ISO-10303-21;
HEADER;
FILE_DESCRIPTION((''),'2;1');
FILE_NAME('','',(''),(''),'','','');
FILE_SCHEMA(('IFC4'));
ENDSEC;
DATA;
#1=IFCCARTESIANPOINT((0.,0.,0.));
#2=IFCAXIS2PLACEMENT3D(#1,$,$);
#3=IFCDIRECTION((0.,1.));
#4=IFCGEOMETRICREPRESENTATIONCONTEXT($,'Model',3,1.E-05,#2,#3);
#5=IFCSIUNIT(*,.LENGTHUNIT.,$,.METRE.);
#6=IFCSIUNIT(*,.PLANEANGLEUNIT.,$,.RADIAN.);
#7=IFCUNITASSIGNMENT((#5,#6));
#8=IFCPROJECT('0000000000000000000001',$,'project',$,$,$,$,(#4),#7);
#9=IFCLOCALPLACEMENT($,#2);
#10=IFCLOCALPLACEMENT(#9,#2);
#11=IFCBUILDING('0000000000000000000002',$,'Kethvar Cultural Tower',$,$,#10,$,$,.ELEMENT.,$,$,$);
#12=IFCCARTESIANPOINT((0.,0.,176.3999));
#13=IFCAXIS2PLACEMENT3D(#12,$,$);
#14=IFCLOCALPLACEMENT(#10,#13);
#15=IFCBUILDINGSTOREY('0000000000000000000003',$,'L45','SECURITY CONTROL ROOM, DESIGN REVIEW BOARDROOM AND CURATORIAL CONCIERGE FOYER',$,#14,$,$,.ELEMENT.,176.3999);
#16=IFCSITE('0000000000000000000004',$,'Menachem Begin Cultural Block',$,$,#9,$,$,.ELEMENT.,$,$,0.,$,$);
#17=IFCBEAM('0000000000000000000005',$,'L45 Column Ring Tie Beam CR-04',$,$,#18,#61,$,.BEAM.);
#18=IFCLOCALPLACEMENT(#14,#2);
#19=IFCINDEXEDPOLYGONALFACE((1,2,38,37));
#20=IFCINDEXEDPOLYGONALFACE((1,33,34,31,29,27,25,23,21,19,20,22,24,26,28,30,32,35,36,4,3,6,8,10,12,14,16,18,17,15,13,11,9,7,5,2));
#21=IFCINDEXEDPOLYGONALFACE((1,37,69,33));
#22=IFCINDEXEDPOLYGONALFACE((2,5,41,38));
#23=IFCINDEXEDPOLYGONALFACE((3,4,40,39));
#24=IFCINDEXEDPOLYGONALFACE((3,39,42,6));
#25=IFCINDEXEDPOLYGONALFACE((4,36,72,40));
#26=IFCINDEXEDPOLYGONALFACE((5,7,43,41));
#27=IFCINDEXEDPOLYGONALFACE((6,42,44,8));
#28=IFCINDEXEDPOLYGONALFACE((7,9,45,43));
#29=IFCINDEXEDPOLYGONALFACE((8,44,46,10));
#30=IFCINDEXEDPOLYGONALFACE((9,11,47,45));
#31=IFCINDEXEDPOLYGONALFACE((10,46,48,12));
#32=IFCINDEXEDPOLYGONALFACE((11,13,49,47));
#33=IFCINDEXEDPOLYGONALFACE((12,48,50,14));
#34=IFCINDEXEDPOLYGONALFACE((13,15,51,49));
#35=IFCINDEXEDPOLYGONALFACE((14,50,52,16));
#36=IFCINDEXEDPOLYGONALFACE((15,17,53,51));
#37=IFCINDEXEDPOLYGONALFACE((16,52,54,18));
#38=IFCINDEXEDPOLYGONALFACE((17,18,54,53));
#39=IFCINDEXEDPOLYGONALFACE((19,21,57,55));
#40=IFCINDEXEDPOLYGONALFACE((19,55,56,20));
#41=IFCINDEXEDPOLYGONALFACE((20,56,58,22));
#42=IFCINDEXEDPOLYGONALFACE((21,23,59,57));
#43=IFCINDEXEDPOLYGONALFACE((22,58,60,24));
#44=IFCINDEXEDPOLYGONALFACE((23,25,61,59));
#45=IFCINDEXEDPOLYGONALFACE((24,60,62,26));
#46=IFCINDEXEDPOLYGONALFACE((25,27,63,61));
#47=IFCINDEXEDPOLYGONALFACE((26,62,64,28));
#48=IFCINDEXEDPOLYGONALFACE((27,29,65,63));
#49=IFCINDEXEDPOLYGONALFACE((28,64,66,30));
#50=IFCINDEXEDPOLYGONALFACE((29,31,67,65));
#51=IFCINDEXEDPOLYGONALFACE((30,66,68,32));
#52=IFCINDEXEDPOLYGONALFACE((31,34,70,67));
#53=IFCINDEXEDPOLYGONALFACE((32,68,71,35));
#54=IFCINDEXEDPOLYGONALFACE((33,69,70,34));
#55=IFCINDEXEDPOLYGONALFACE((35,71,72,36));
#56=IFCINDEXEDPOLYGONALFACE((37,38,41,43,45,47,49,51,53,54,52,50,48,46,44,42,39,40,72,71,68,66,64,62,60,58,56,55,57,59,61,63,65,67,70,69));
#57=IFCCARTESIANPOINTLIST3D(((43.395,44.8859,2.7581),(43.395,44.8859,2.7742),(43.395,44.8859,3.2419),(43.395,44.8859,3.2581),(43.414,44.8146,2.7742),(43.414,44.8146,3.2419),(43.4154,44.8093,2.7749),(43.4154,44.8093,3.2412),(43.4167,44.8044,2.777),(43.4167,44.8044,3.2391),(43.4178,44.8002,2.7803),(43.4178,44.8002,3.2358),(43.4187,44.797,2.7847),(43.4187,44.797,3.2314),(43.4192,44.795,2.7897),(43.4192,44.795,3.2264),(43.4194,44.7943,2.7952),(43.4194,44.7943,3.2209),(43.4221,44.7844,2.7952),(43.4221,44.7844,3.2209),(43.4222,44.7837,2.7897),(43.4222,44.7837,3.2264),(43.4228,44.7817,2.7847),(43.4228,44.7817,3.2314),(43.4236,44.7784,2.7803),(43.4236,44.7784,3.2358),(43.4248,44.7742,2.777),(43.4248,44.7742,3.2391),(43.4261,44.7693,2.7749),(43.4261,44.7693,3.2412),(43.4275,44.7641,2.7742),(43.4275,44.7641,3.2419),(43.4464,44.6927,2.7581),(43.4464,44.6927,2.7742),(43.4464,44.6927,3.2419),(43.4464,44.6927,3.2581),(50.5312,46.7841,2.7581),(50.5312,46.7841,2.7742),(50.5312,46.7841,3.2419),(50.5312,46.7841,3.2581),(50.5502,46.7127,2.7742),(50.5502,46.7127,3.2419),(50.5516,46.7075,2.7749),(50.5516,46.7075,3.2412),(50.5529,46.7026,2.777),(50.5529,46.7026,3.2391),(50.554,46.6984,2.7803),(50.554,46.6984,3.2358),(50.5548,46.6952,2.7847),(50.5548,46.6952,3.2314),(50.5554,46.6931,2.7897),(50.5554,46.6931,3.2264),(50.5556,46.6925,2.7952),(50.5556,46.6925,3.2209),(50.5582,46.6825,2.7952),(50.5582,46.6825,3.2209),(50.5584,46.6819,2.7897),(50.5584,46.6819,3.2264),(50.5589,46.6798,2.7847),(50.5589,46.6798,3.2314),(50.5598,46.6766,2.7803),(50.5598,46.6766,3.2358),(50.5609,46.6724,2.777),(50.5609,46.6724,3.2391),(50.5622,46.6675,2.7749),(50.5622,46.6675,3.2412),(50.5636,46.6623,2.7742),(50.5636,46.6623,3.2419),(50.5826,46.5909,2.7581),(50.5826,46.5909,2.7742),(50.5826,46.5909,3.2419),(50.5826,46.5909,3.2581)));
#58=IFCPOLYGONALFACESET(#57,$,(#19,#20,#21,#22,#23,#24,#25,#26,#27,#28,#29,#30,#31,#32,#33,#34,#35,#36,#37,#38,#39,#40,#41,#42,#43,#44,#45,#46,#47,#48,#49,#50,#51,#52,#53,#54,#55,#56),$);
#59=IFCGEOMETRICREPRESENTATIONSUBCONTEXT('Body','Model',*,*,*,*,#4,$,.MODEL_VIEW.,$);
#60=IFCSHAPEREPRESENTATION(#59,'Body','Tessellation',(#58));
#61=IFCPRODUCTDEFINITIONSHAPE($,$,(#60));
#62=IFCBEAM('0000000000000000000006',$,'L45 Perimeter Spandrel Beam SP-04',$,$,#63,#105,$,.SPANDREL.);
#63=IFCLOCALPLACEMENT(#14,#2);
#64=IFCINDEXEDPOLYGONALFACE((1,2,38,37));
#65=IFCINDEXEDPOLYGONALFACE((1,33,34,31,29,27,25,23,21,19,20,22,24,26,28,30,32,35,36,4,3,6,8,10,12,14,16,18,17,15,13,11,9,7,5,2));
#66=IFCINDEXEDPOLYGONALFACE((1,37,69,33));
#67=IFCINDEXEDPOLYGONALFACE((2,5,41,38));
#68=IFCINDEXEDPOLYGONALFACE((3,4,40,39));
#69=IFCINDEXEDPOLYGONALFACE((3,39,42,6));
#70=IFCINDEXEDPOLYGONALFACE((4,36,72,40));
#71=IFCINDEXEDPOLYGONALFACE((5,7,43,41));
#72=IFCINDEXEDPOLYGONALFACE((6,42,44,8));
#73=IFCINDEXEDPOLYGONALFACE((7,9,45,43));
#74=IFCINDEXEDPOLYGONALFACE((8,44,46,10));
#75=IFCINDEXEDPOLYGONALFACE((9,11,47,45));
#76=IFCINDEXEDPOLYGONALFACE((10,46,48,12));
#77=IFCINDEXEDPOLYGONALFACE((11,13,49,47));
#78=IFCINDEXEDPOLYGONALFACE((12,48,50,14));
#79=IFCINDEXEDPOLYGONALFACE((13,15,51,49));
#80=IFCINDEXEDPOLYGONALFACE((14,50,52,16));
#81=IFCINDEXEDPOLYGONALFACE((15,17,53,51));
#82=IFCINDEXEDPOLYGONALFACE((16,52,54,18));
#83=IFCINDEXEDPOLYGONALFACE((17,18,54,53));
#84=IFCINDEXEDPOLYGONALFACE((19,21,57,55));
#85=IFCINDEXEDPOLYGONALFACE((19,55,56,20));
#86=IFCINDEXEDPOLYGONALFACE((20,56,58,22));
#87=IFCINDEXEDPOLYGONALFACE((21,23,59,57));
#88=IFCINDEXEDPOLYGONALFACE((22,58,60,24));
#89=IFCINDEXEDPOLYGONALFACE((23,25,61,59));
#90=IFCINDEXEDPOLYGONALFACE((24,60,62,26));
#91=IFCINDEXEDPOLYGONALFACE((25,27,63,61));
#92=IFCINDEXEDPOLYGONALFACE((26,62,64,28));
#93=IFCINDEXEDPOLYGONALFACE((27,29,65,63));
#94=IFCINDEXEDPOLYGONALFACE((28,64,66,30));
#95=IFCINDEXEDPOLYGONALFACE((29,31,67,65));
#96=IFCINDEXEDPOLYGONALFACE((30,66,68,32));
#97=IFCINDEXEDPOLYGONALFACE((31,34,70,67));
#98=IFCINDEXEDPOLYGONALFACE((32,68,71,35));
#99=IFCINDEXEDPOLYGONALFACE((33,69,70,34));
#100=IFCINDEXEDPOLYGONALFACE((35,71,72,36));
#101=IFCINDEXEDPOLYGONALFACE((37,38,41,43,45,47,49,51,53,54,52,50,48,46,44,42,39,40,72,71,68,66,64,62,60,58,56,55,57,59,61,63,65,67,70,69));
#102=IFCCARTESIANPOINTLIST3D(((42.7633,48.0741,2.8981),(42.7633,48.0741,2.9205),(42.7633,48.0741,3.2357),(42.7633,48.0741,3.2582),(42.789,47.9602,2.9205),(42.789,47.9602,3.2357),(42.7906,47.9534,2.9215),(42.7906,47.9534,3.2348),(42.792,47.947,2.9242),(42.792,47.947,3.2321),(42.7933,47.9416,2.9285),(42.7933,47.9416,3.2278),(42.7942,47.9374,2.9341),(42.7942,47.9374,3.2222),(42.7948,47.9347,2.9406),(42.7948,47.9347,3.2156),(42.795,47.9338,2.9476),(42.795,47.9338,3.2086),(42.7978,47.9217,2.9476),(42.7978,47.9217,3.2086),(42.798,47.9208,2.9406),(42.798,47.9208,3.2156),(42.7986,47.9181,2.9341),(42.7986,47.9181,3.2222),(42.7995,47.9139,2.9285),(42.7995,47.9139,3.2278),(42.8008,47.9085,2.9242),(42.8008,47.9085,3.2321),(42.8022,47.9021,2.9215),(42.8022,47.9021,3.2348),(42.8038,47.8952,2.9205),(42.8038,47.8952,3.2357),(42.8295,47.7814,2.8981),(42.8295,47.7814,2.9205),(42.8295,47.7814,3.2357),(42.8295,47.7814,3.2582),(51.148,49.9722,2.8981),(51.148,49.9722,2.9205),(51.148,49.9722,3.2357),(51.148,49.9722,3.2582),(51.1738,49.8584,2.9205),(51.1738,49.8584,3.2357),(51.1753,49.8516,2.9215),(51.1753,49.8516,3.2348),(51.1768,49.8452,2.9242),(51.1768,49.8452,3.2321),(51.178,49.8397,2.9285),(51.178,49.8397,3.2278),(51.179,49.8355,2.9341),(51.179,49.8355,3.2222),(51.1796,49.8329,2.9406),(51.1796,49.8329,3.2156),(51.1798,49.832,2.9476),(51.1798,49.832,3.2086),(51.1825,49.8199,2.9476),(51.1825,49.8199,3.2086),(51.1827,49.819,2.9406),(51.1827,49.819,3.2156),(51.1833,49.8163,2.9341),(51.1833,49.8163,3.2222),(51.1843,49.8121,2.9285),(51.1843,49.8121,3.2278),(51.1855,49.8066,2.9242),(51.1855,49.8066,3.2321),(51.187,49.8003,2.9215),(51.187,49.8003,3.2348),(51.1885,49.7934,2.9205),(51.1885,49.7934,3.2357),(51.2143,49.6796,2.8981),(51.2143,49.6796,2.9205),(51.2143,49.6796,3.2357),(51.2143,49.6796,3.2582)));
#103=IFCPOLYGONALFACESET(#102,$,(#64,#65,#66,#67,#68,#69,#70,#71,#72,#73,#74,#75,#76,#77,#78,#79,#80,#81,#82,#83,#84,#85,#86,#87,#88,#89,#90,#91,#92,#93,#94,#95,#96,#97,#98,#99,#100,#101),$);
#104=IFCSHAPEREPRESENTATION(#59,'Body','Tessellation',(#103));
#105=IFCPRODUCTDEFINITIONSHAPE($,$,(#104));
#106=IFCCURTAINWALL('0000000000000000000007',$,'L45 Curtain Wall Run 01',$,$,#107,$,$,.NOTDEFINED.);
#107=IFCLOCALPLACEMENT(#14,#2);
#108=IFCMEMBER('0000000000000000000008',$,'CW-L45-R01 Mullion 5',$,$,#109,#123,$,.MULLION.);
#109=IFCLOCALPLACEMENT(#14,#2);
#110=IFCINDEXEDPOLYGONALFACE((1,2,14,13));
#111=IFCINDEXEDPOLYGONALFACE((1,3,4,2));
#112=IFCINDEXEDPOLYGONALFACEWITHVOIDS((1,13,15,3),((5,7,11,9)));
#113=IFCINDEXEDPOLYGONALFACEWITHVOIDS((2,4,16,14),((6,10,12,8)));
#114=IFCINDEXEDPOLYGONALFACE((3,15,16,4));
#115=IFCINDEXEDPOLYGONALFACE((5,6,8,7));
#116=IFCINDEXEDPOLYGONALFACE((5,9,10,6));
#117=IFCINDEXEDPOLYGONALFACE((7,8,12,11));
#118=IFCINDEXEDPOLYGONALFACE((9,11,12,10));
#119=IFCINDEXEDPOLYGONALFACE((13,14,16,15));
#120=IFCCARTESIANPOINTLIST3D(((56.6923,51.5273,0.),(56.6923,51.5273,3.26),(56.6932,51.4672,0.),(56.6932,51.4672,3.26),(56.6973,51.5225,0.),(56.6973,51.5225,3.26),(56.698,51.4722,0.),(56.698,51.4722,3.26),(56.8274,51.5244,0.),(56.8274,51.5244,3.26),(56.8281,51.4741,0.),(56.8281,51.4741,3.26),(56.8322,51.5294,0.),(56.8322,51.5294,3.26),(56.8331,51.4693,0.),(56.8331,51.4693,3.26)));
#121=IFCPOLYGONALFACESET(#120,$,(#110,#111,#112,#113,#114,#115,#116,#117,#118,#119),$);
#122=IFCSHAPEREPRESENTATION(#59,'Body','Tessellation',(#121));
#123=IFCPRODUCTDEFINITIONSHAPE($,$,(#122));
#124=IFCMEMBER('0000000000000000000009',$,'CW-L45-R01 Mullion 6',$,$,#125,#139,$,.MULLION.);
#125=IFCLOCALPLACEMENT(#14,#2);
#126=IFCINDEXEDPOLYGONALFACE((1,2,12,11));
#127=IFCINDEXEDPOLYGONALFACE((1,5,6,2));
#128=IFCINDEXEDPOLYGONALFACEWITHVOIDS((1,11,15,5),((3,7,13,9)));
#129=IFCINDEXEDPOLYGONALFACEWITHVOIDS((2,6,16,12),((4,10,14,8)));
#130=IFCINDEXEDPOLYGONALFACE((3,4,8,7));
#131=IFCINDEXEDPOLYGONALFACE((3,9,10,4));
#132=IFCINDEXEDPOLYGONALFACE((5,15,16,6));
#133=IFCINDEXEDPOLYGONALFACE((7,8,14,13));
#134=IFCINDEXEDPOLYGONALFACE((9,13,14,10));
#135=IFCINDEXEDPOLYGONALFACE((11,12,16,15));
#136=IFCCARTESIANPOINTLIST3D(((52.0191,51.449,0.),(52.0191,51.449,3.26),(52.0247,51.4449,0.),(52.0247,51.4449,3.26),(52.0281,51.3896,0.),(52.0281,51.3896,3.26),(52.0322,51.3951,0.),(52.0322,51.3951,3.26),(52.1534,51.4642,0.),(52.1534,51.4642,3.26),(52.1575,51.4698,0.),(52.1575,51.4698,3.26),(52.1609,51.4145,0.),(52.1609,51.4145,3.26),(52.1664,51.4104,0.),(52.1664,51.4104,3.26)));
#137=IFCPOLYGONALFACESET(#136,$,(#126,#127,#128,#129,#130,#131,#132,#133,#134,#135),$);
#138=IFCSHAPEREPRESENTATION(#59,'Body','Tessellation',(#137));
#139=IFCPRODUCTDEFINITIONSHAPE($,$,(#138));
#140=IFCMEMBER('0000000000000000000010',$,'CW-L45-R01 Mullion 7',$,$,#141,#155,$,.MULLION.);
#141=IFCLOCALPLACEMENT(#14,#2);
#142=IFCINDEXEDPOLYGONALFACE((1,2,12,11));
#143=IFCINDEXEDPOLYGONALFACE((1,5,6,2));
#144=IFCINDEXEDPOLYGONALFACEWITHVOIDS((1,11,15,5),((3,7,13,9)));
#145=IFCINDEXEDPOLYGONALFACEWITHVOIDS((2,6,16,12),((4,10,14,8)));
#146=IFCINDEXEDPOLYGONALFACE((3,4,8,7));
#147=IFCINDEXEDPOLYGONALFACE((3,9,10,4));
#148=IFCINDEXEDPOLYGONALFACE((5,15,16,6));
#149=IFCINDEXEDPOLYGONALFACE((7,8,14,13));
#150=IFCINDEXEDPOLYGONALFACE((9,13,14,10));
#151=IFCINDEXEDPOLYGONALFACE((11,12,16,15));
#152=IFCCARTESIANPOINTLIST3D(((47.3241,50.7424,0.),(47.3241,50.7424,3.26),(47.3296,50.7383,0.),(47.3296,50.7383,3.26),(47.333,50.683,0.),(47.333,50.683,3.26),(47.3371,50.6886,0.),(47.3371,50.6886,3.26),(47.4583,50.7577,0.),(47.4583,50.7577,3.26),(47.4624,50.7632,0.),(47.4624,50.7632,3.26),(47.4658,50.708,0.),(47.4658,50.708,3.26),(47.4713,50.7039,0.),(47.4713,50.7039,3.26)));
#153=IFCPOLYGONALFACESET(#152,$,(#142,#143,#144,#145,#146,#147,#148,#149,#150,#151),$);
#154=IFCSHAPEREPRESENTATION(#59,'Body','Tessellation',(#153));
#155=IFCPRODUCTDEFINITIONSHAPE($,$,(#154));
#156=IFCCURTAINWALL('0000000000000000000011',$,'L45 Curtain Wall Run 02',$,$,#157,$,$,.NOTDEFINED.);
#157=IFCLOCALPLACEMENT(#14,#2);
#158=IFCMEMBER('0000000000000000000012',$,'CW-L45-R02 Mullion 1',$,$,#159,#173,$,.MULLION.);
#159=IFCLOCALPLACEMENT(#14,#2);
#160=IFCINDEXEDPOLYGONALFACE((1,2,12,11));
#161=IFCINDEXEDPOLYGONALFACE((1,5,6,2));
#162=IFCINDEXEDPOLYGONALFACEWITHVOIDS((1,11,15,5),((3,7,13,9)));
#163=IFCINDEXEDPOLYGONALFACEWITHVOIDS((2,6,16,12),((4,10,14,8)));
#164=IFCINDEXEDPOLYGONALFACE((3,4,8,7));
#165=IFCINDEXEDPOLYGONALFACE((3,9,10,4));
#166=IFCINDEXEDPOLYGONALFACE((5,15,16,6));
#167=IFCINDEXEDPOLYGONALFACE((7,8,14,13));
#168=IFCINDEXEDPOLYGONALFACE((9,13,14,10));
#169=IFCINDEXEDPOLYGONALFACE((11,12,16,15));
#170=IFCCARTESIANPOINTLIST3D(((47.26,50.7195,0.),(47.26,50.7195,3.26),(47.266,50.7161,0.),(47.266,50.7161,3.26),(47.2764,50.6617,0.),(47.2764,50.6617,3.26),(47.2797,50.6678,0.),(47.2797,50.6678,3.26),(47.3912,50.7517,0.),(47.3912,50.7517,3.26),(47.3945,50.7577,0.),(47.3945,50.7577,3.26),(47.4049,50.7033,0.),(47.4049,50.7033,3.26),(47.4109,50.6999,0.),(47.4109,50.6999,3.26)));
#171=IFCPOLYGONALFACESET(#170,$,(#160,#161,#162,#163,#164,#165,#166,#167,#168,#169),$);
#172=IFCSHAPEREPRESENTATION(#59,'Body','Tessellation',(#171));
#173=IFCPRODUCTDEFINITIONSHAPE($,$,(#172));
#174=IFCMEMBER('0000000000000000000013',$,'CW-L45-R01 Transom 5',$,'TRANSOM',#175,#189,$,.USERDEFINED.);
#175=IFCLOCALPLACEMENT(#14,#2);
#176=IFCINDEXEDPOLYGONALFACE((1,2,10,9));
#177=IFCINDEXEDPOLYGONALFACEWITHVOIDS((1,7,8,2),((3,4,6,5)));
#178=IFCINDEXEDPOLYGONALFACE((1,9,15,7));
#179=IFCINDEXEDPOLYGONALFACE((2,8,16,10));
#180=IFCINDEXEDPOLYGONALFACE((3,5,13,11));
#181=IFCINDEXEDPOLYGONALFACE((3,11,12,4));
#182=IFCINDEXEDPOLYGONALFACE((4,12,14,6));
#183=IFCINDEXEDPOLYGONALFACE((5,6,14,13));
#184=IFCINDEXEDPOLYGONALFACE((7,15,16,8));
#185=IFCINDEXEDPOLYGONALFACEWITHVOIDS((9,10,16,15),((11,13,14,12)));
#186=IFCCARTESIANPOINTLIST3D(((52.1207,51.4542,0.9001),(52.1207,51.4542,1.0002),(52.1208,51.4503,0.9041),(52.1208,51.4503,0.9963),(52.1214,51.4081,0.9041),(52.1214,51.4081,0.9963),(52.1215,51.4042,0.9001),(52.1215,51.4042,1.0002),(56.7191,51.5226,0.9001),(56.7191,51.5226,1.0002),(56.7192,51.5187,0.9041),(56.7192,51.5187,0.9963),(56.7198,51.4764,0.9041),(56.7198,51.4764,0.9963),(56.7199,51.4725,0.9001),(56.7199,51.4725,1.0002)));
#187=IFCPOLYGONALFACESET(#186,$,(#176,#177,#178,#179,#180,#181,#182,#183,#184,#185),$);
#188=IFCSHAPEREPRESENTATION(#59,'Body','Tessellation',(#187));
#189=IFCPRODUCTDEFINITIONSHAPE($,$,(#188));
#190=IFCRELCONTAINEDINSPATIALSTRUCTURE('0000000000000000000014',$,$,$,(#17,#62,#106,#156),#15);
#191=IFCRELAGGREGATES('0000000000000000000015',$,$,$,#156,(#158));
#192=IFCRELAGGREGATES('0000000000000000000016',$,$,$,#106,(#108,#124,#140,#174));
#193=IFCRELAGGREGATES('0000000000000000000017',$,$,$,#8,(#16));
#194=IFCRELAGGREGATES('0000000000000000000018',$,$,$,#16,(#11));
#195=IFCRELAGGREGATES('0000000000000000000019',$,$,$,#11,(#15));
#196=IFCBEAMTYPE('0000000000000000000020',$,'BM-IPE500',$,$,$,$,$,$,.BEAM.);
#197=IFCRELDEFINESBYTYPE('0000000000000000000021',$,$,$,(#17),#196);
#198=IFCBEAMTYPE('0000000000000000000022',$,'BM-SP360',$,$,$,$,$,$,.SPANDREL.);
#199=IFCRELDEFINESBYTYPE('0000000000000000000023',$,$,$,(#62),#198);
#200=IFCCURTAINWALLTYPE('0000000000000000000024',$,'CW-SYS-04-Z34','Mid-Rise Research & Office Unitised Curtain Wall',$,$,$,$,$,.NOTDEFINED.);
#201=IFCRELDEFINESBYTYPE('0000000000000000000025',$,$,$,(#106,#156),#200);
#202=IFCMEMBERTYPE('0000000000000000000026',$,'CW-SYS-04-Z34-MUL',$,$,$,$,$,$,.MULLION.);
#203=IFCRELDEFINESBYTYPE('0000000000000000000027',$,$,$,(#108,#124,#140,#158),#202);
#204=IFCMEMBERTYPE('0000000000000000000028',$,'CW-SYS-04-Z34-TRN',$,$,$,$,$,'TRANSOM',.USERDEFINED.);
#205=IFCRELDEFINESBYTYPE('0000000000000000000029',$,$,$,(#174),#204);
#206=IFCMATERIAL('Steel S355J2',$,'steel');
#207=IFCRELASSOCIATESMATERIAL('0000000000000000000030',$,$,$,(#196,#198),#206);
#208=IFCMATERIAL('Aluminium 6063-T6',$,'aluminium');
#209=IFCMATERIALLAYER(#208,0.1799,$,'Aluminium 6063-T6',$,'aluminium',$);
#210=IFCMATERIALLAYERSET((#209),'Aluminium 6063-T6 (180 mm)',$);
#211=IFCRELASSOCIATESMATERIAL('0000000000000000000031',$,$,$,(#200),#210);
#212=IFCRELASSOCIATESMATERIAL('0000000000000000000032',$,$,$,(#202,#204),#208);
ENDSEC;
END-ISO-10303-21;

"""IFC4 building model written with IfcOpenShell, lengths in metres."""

from ifc_helpers import new_model, si_unit, direction, frame, origin, origin_2d, place, context, subcontext, project, spatial, hollow_rectangle, i_section, extrude, source, transform, mapped, material, layer, layer_set, material_profile, profile_set, type_object, element, aggregate, save


model = new_model("IFC4")

# Units and contexts
model_context = context("Model", 3, precision=1e-05, world=origin(), true_north=direction((0.0, 1.0)))
body_context = subcontext(model_context, "Body", "Model", "MODEL_VIEW")
ifc_project = project(units=[si_unit("LENGTHUNIT", "METRE"), si_unit("PLANEANGLEUNIT", "RADIAN")], contexts=[model_context])

# Site, building, storey
site_placement = place(None, origin())
site = spatial("IfcSite", under=ifc_project, at=site_placement, Name="Menachem Begin Cultural Block", CompositionType="ELEMENT", RefElevation=0.0)
building_placement = place(site_placement, origin())
building = spatial("IfcBuilding", under=site, at=building_placement, Name="Kethvar Cultural Tower", CompositionType="ELEMENT")
storey_placement = place(building_placement, frame((0.0, 0.0, 176.3999)))
storey = spatial("IfcBuildingStorey", under=building, at=storey_placement, Name="L45", Description="SECURITY CONTROL ROOM, DESIGN REVIEW BOARDROOM AND CURATORIAL CONCIERGE FOYER", CompositionType="ELEMENT", Elevation=176.3999)

# Beams
ifc_material_1 = material(Name="Steel S355J2", Category="steel")
ifc_material_profile_1 = material_profile(ifc_material_1, i_section(OverallWidth=0.2, OverallDepth=0.5, WebThickness=0.0103, FlangeThickness=0.0161, FilletRadius=0.021, at=origin_2d()), Name="Steel S355J2 — IPE500")
ifc_profile_set_1 = profile_set([ifc_material_profile_1], Name="Steel S355J2 — IPE500")
beam_type_1 = type_object("IfcBeamType", Name="BM-IPE500", PredefinedType="BEAM", material=ifc_profile_set_1)
ifc_material_profile_2 = material_profile(ifc_material_1, i_section(OverallWidth=0.3, OverallDepth=0.3601, WebThickness=0.0125, FlangeThickness=0.0225, FilletRadius=0.0271, at=origin_2d()), Name="Steel S355J2 — HEB360")
ifc_profile_set_2 = profile_set([ifc_material_profile_2], Name="Steel S355J2 — HEB360")
beam_type_2 = type_object("IfcBeamType", Name="BM-SP360", PredefinedType="SPANDREL", material=ifc_profile_set_2)
shared_shape_1 = source(origin(), body_context, "Body", "SweptSolid", [
    extrude(i_section(OverallWidth=0.2, OverallDepth=0.5, WebThickness=0.0103, FlangeThickness=0.0161, FilletRadius=0.021, at=origin_2d()), origin(), (0.0, 0.0, 1.0), 7.3843),
])
beam_1_placement = place(storey_placement, frame((50.5569, 46.6875, 3.0081), z_axis=(-0.966397, -0.257056, 0.0), x_axis=(0.257056, -0.966397, 0.0)))
element("IfcBeam", 1, at=beam_1_placement, inside=storey, type_object=beam_type_1, Name="L45 Column Ring Tie Beam CR-04", PredefinedType="BEAM", context=body_context, shape_type="MappedRepresentation", body=[
    mapped(shared_shape_1, transform((0.0, 0.0, 0.0), scale=1.0)),
])
shared_shape_2 = source(origin(), body_context, "Body", "SweptSolid", [
    extrude(i_section(OverallWidth=0.3, OverallDepth=0.3601, WebThickness=0.0125, FlangeThickness=0.0225, FilletRadius=0.0271, at=origin_2d()), origin(), (0.0, 0.0, 1.0), 8.5969),
])
beam_2_placement = place(storey_placement, frame((51.1812, 49.8259, 3.0781), z_axis=(-0.975319, -0.220799, 0.0), x_axis=(0.220799, -0.975319, 0.0)))
element("IfcBeam", 2, at=beam_2_placement, inside=storey, type_object=beam_type_2, Name="L45 Perimeter Spandrel Beam SP-04", PredefinedType="SPANDREL", context=body_context, shape_type="MappedRepresentation", body=[
    mapped(shared_shape_2, transform((0.0, 0.0, 0.0), scale=1.0)),
])

# Curtain wall, members
ifc_material_2 = material(Name="Aluminium 6063-T6", Category="aluminium")
ifc_layer_1 = layer(ifc_material_2, 0.1799, Name="Aluminium 6063-T6", Category="aluminium")
ifc_layer_set_1 = layer_set([ifc_layer_1], Name="Aluminium 6063-T6 (180 mm)")
curtain_wall_type = type_object("IfcCurtainWallType", Name="CW-SYS-04-Z34", Description="Mid-Rise Research & Office Unitised Curtain Wall", PredefinedType="NOTDEFINED", material=ifc_layer_set_1)
curtain_wall_1_placement = place(storey_placement, origin())
curtain_wall_1 = element("IfcCurtainWall", 3, at=curtain_wall_1_placement, inside=storey, type_object=curtain_wall_type, Name="L45 Curtain Wall Run 01", PredefinedType="NOTDEFINED")
ifc_material_profile_3 = material_profile(ifc_material_2, hollow_rectangle(XDim=0.0601, YDim=0.1399, WallThickness=0.0049, at=origin_2d()), Name="Aluminium 6063-T6 — RHS140x60x5")
ifc_profile_set_3 = profile_set([ifc_material_profile_3], Name="Aluminium 6063-T6 — RHS140x60x5")
member_type_1 = type_object("IfcMemberType", Name="CW-SYS-04-Z34-MUL", PredefinedType="MULLION", material=ifc_profile_set_3)
shared_shape_3 = source(origin(), body_context, "Body", "SweptSolid", [
    extrude(hollow_rectangle(XDim=0.0601, YDim=0.1399, WallThickness=0.0049, at=origin_2d()), origin(), (0.0, 0.0, 1.0), 3.26),
])
member_1_placement = place(storey_placement, frame((56.7627, 51.4983, 0.0), z_axis=(0.0, 0.0, 1.0), x_axis=(0.01487, -0.999889, 0.0)))
member_1 = element("IfcMember", 4, at=member_1_placement, type_object=member_type_1, Name="CW-L45-R01 Mullion 5", PredefinedType="MULLION", context=body_context, shape_type="MappedRepresentation", body=[
    mapped(shared_shape_3, transform((0.0, 0.0, 0.0), scale=1.0)),
])
member_2_placement = place(storey_placement, frame((52.0928, 51.4297, 0.0), z_axis=(0.0, 0.0, 1.0), x_axis=(0.148828, -0.988863, 0.0)))
member_2 = element("IfcMember", 5, at=member_2_placement, type_object=member_type_1, Name="CW-L45-R01 Mullion 6", PredefinedType="MULLION", context=body_context, shape_type="MappedRepresentation", body=[
    mapped(shared_shape_3, transform((0.0, 0.0, 0.0), scale=1.0)),
])
member_3_placement = place(storey_placement, frame((47.3977, 50.7231, 0.0), z_axis=(0.0, 0.0, 1.0), x_axis=(0.148828, -0.988863, 0.0)))
member_3 = element("IfcMember", 6, at=member_3_placement, type_object=member_type_1, Name="CW-L45-R01 Mullion 7", PredefinedType="MULLION", context=body_context, shape_type="MappedRepresentation", body=[
    mapped(shared_shape_3, transform((0.0, 0.0, 0.0), scale=1.0)),
])

# Curtain wall, member
curtain_wall_2_placement = place(storey_placement, origin())
curtain_wall_2 = element("IfcCurtainWall", 7, at=curtain_wall_2_placement, inside=storey, type_object=curtain_wall_type, Name="L45 Curtain Wall Run 02", PredefinedType="NOTDEFINED")
member_4_placement = place(storey_placement, frame((47.3354, 50.7097, 0.0), z_axis=(0.0, 0.0, 1.0), x_axis=(0.27312, -0.96198, 0.0)))
member_4 = element("IfcMember", 8, at=member_4_placement, type_object=member_type_1, Name="CW-L45-R02 Mullion 1", PredefinedType="MULLION", context=body_context, shape_type="MappedRepresentation", body=[
    mapped(shared_shape_3, transform((0.0, 0.0, 0.0), scale=1.0)),
])

# Member
ifc_material_profile_4 = material_profile(ifc_material_2, hollow_rectangle(XDim=0.05, YDim=0.1001, WallThickness=0.0039, at=origin_2d()), Name="Aluminium 6063-T6 — RHS100x50x4")
ifc_profile_set_4 = profile_set([ifc_material_profile_4], Name="Aluminium 6063-T6 — RHS100x50x4")
member_type_2 = type_object("IfcMemberType", Name="CW-SYS-04-Z34-TRN", ElementType="TRANSOM", PredefinedType="USERDEFINED", material=ifc_profile_set_4)
shared_shape_4 = source(origin(), body_context, "Body", "SweptSolid", [
    extrude(hollow_rectangle(XDim=0.05, YDim=0.1001, WallThickness=0.0039, at=origin_2d()), origin(), (0.0, 0.0, 1.0), 4.5989),
])
member_5_placement = place(storey_placement, frame((56.7195, 51.4976, 0.9502), z_axis=(-0.99989, -0.014864, 0.0), x_axis=(0.014864, -0.99989, 0.0)))
member_5 = element("IfcMember", 9, at=member_5_placement, type_object=member_type_2, Name="CW-L45-R01 Transom 5", ObjectType="TRANSOM", PredefinedType="USERDEFINED", context=body_context, shape_type="MappedRepresentation", body=[
    mapped(shared_shape_4, transform((0.0, 0.0, 0.0), scale=1.0)),
])
aggregate(curtain_wall_2, [member_4])

aggregate(curtain_wall_1, [member_1, member_2, member_3, member_5])

save(model, "model.ifc")
